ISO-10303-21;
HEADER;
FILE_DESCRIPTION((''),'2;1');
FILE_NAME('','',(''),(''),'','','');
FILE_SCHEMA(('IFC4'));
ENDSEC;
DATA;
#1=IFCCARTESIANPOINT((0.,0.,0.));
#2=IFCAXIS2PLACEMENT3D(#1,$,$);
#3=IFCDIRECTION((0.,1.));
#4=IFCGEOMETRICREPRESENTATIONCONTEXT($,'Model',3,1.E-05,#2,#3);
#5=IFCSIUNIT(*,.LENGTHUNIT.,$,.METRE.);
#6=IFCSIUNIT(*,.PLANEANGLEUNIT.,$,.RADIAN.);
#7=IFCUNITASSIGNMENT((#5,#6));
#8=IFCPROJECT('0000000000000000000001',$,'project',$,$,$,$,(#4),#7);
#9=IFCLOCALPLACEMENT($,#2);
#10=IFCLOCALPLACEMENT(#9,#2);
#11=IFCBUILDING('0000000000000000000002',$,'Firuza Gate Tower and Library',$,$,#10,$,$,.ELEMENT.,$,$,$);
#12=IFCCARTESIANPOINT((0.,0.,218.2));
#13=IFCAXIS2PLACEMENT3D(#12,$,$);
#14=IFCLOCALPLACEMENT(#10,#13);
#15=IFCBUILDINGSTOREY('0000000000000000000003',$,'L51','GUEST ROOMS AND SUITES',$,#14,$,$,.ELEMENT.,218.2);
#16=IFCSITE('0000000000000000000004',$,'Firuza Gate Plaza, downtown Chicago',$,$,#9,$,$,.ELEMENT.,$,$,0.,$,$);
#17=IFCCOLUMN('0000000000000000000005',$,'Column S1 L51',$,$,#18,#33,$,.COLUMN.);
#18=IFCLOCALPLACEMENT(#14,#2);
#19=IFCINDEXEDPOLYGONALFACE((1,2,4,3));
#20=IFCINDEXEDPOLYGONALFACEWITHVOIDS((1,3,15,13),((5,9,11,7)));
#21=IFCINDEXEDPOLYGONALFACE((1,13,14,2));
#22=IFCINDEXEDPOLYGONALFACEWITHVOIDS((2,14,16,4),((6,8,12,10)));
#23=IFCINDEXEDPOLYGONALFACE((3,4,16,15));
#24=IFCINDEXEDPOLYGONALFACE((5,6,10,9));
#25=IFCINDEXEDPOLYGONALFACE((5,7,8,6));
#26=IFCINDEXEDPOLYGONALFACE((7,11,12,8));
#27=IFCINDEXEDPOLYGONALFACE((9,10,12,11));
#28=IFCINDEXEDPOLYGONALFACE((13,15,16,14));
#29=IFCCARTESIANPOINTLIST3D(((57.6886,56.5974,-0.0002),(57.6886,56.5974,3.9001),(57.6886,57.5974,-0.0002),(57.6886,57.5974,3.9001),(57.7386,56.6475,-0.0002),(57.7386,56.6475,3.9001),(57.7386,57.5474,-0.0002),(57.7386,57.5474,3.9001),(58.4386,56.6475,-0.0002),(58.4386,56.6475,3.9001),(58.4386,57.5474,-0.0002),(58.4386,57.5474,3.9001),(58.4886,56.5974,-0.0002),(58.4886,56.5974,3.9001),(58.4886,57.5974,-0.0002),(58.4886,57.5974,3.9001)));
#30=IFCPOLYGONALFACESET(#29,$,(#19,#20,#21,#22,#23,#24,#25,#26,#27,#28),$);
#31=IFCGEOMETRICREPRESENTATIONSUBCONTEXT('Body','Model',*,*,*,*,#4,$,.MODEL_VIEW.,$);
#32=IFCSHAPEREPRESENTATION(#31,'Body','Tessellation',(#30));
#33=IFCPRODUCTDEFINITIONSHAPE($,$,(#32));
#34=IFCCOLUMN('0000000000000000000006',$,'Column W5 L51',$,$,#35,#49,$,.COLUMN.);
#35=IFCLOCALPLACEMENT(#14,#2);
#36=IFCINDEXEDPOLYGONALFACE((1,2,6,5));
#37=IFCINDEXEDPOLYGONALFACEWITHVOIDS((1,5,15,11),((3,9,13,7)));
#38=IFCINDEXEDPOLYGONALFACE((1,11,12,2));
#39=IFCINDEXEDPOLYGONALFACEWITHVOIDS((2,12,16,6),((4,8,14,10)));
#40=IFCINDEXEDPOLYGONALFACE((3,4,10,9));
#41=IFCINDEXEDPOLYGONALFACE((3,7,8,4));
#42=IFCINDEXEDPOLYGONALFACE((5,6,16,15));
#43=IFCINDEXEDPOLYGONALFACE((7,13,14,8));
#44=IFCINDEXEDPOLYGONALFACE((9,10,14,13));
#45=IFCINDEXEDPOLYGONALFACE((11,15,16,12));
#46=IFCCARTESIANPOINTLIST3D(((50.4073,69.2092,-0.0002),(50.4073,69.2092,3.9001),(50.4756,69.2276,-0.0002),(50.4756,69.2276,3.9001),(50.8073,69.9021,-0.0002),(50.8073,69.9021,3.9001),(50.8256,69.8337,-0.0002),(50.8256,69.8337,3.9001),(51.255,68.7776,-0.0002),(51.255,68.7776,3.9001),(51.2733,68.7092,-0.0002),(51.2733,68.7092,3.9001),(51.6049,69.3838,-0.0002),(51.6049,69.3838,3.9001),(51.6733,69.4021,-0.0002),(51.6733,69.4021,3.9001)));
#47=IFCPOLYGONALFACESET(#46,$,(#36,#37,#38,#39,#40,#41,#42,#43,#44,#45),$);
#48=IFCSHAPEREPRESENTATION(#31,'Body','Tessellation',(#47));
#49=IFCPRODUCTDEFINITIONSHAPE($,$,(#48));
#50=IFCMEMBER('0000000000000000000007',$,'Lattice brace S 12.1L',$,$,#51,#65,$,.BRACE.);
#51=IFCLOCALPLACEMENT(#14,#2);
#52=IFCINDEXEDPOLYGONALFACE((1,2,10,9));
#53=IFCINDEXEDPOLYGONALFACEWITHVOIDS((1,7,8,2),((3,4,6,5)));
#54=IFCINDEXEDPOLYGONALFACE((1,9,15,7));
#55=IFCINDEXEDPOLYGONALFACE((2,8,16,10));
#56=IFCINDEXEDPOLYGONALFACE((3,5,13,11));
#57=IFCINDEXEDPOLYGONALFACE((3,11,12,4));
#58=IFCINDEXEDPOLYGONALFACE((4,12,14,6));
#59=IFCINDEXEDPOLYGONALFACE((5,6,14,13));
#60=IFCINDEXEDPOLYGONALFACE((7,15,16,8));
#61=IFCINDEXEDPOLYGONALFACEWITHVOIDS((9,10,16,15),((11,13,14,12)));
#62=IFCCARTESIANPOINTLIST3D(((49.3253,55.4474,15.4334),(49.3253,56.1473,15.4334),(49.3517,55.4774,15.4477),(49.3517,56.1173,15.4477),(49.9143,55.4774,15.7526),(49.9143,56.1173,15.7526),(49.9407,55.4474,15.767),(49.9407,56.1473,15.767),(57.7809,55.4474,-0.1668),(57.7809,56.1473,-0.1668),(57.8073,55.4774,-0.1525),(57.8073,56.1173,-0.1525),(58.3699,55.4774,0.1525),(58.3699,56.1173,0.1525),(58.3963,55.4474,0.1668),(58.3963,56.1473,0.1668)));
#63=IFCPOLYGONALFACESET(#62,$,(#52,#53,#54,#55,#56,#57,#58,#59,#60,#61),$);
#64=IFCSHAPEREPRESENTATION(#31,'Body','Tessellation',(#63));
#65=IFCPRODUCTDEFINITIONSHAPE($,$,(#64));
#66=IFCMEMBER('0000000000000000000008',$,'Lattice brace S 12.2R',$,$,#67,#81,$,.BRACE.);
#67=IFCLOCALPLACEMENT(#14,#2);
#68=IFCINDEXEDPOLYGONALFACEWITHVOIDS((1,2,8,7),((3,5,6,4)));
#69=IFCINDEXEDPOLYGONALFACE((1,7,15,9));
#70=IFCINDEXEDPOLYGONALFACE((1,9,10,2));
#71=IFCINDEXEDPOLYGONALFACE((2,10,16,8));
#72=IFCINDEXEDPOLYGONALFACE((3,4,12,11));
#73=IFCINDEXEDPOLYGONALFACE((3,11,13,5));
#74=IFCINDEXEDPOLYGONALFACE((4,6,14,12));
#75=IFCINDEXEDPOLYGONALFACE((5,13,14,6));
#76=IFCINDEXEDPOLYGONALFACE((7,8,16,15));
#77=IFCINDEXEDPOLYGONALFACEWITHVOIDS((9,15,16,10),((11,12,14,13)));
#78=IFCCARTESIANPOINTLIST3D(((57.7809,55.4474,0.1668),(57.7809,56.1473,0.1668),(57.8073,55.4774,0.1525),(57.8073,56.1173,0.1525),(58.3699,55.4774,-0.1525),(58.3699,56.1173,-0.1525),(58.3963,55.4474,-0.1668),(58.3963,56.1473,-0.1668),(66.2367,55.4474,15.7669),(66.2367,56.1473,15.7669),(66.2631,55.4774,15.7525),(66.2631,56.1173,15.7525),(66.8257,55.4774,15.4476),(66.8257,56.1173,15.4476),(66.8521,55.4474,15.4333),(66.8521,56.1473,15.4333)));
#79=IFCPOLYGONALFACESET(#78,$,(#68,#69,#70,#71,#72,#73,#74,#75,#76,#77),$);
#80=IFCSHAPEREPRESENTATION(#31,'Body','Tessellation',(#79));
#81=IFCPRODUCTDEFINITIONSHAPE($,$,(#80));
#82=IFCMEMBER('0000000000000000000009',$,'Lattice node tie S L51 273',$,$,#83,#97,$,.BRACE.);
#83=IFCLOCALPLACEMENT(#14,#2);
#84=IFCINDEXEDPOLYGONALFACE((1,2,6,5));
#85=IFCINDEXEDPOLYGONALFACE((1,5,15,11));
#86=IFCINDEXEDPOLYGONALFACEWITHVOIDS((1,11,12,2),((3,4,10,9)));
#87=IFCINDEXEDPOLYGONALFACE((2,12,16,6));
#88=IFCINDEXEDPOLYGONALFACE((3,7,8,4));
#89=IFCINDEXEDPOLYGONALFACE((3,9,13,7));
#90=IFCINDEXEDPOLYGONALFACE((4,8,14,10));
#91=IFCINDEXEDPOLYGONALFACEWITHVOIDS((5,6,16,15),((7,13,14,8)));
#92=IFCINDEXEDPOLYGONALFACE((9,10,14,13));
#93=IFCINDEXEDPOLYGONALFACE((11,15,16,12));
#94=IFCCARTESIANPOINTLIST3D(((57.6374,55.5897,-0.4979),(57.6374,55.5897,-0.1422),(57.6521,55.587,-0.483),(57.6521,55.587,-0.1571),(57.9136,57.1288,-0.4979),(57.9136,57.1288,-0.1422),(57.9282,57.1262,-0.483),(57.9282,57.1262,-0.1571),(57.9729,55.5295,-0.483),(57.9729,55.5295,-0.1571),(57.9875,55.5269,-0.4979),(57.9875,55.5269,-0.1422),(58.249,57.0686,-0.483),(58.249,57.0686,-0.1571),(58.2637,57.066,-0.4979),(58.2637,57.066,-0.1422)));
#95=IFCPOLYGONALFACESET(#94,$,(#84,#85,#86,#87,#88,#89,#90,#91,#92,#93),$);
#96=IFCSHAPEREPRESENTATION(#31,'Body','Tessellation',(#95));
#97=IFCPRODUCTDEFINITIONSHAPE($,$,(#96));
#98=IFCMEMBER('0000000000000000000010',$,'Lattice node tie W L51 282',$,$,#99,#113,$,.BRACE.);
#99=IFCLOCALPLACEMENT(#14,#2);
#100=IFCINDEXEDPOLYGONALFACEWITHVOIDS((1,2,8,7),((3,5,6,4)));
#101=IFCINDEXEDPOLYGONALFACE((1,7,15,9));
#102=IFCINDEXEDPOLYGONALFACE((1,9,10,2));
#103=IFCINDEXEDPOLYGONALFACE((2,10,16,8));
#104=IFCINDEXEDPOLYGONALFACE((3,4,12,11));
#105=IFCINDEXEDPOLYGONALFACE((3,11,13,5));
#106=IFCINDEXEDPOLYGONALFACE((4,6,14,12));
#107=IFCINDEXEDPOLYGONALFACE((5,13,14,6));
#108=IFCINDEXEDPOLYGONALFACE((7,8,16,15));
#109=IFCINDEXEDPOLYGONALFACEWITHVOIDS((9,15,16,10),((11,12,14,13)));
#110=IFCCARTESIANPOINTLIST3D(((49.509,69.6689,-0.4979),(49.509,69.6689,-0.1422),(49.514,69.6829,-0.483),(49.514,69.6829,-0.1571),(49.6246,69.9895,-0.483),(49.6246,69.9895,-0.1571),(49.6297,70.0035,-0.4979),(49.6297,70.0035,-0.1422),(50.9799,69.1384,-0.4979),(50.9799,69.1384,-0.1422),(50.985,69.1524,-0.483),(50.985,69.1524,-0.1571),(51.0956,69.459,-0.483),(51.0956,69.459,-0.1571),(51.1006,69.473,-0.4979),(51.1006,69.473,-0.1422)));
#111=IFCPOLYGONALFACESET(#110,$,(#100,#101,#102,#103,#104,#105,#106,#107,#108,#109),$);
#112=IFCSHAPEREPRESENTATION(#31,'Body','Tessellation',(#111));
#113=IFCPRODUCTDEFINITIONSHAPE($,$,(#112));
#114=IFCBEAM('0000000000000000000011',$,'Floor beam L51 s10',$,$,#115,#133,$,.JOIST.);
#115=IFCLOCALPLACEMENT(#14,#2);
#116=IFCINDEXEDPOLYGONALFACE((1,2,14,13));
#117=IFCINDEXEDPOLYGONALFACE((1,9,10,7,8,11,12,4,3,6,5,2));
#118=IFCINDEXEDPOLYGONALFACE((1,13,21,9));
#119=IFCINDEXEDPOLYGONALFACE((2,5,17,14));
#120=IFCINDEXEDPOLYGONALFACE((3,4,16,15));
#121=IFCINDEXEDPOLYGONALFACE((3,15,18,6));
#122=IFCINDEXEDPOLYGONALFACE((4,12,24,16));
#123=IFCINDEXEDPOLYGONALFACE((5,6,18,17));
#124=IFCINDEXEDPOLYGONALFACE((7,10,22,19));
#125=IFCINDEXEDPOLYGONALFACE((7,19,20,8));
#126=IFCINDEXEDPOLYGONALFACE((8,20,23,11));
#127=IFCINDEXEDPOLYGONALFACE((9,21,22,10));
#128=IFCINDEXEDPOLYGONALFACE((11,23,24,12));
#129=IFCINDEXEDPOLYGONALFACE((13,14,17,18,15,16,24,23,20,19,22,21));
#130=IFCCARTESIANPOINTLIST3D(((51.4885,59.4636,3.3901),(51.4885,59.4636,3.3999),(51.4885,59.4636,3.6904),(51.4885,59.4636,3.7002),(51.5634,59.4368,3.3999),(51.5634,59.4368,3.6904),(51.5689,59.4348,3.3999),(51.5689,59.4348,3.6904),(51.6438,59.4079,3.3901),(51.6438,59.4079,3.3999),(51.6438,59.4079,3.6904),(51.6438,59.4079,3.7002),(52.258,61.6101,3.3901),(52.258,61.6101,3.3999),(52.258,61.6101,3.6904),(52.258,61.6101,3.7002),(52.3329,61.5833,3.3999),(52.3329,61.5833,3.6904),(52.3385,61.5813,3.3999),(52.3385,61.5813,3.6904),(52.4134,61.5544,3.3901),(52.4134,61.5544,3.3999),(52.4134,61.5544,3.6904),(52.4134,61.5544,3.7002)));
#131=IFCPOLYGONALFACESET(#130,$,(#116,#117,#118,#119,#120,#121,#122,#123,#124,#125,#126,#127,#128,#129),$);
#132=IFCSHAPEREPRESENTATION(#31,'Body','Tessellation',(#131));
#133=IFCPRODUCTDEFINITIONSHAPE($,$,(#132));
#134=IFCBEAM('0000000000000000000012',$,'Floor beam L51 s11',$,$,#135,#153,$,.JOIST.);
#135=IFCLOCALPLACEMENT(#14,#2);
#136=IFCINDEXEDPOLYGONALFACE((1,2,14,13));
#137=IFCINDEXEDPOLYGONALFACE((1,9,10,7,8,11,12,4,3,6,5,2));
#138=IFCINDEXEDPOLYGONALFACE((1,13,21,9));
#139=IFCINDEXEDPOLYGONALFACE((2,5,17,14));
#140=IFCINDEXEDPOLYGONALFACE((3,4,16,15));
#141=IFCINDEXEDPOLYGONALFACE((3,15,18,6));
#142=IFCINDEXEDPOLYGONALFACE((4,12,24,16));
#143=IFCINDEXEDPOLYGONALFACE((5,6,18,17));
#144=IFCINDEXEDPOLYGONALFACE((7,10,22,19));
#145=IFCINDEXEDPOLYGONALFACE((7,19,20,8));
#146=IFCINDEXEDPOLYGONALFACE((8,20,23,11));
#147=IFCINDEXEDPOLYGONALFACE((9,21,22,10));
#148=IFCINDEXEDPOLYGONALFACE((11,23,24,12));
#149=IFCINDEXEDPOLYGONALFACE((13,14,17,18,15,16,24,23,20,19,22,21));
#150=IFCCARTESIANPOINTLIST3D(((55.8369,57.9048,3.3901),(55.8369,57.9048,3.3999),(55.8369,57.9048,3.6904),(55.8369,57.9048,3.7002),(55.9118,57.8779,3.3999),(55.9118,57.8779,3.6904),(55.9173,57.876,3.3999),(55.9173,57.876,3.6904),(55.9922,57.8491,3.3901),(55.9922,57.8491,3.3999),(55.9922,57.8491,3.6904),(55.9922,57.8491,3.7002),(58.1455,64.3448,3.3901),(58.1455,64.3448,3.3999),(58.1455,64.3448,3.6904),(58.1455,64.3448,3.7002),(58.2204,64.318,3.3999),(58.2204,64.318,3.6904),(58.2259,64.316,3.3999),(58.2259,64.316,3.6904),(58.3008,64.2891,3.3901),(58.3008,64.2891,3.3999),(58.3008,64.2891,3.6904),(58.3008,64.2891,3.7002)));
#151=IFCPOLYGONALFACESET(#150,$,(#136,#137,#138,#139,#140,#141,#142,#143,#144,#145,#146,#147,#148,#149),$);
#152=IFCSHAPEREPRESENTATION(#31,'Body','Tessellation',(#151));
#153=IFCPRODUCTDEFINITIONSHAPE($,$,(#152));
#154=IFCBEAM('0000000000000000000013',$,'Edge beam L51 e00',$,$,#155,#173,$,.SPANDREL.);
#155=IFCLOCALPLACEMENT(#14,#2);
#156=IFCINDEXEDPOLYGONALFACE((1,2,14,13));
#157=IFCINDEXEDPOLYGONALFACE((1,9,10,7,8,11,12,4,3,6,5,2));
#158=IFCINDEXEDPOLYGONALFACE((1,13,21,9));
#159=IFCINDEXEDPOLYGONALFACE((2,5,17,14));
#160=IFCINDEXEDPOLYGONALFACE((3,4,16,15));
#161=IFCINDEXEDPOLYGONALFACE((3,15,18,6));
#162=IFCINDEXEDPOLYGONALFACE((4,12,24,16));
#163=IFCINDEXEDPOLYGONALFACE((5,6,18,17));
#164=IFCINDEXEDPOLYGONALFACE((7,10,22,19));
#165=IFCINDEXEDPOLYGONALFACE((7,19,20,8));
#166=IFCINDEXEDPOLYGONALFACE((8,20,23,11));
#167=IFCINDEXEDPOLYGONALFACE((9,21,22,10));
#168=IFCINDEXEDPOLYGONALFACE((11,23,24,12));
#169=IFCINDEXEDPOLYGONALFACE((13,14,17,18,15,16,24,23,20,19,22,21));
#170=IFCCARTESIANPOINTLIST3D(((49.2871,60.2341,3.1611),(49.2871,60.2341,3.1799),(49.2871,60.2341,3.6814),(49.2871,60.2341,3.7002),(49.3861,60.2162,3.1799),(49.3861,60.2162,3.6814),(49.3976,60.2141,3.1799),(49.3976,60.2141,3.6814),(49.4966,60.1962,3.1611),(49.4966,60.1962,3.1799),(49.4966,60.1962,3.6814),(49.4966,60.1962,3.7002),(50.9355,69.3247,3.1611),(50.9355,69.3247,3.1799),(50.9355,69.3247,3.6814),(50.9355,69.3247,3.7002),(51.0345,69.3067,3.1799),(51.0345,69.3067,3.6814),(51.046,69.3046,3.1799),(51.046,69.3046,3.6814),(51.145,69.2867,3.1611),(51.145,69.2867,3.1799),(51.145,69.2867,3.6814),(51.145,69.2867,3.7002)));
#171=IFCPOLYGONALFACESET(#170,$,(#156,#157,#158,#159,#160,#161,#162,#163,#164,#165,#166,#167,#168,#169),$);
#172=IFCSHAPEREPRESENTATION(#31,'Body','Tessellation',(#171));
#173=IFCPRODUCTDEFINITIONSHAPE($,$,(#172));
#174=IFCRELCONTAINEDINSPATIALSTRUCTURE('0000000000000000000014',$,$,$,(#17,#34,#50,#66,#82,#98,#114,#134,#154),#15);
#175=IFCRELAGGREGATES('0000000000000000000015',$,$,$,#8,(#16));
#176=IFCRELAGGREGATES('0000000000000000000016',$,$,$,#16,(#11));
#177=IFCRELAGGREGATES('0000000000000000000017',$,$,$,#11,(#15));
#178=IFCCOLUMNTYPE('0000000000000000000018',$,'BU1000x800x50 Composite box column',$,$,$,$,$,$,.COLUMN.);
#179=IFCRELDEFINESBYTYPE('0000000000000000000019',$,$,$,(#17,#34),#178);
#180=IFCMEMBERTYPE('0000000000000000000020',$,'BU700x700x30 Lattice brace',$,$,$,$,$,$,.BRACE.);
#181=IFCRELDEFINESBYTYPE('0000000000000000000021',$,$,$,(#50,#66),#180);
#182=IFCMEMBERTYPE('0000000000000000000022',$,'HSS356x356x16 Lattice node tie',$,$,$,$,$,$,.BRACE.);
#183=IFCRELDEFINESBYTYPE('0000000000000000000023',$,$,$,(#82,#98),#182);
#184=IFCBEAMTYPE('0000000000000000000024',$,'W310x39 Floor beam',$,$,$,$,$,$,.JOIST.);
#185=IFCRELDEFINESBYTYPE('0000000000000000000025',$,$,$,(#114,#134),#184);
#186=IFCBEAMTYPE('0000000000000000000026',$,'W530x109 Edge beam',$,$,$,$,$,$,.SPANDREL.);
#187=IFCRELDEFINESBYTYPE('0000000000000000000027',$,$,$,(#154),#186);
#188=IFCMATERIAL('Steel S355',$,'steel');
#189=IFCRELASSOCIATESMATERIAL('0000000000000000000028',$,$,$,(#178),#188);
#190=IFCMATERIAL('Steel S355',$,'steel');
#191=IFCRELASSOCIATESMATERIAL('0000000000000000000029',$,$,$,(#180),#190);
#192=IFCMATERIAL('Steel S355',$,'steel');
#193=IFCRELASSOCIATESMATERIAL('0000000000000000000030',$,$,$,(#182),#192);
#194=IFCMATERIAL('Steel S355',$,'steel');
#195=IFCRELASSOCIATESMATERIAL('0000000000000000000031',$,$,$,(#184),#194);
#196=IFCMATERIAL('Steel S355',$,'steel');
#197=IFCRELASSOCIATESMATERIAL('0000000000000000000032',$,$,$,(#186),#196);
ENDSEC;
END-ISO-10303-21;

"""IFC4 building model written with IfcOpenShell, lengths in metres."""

from ifc_helpers import new_model, si_unit, direction, frame, origin, origin_2d, place, context, subcontext, project, spatial, hollow_rectangle, i_section, extrude, material, material_profile, profile_set, type_object, element, save


model = new_model("IFC4")

# Units and contexts
model_context = context("Model", 3, precision=1e-05, world=origin(), true_north=direction((0.0, 1.0)))
body_context = subcontext(model_context, "Body", "Model", "MODEL_VIEW")
ifc_project = project(units=[si_unit("LENGTHUNIT", "METRE"), si_unit("PLANEANGLEUNIT", "RADIAN")], contexts=[model_context])

# Site, building, storey
site_placement = place(None, origin())
site = spatial("IfcSite", under=ifc_project, at=site_placement, Name="Firuza Gate Plaza, downtown Chicago", CompositionType="ELEMENT", RefElevation=0.0)
building_placement = place(site_placement, origin())
building = spatial("IfcBuilding", under=site, at=building_placement, Name="Firuza Gate Tower and Library", CompositionType="ELEMENT")
storey_placement = place(building_placement, frame((0.0, 0.0, 218.2)))
storey = spatial("IfcBuildingStorey", under=building, at=storey_placement, Name="L51", Description="GUEST ROOMS AND SUITES", CompositionType="ELEMENT", Elevation=218.2)

# Columns
ifc_material_1 = material(Name="Steel S355", Category="steel")
ifc_material_profile_1 = material_profile(ifc_material_1, hollow_rectangle(XDim=0.8, YDim=1.0, WallThickness=0.05, at=origin_2d()))
ifc_profile_set_1 = profile_set([ifc_material_profile_1], Name="Steel S355")
column_type = type_object("IfcColumnType", Name="BU1000x800x50 Composite box column", PredefinedType="COLUMN", material=ifc_profile_set_1)
for number, where, z_axis, x_axis, name in (
    (1, (58.0886, 57.0974, -0.0002), (0.0, 0.0, 1.0), (1.0, 0.0, 0.0), "Column S1 L51"),
    (2, (51.0403, 69.3057, -0.0002), (0.0, 0.0, 1.0), (-0.5, -0.866025, 0.0), "Column W5 L51"),
):
    element("IfcColumn", number, at=place(storey_placement, frame(where, z_axis=z_axis, x_axis=x_axis)), inside=storey, type_object=column_type, Name=name, PredefinedType="COLUMN", context=body_context, shape_type="SweptSolid", body=[
        extrude(hollow_rectangle(XDim=0.8, YDim=1.0, WallThickness=0.05, at=origin_2d()), origin(), (0.0, 0.0, 1.0), 3.9004),
    ])

# Members
ifc_material_2 = material(Name="Steel S355", Category="steel")
ifc_material_profile_2 = material_profile(ifc_material_2, hollow_rectangle(XDim=0.7, YDim=0.7, WallThickness=0.03, at=origin_2d()))
ifc_profile_set_2 = profile_set([ifc_material_profile_2], Name="Steel S355")
member_type_1 = type_object("IfcMemberType", Name="BU700x700x30 Lattice brace", PredefinedType="BRACE", material=ifc_profile_set_2)
for number, where, z_axis, x_axis, name in (
    (3, (58.0886, 55.7974, 0.0), (-0.476523, 0.0, 0.879162), (0.0, -1.0, 0.0), "Lattice brace S 12.1L"),
    (4, (58.0886, 55.7974, 0.0), (0.476534, 0.0, 0.879156), (0.0, 1.0, 0.0), "Lattice brace S 12.2R"),
):
    element("IfcMember", number, at=place(storey_placement, frame(where, z_axis=z_axis, x_axis=x_axis)), inside=storey, type_object=member_type_1, Name=name, PredefinedType="BRACE", context=body_context, shape_type="SweptSolid", body=[
        extrude(hollow_rectangle(XDim=0.7, YDim=0.7, WallThickness=0.03, at=origin_2d()), origin(), (0.0, 0.0, 1.0), 17.7444),
    ])
ifc_material_3 = material(Name="Steel S355", Category="steel")
ifc_material_profile_3 = material_profile(ifc_material_3, hollow_rectangle(XDim=0.3557, YDim=0.3557, WallThickness=0.0149, at=origin_2d()))
ifc_profile_set_3 = profile_set([ifc_material_profile_3], Name="Steel S355")
member_type_2 = type_object("IfcMemberType", Name="HSS356x356x16 Lattice node tie", PredefinedType="BRACE", material=ifc_profile_set_3)
for number, where, z_axis, x_axis, name in (
    (5, (58.0886, 57.0974, -0.3201), (-0.17659, -0.984284, 0.0), (0.984284, -0.17659, 0.0), "Lattice node tie S L51 273"),
    (6, (51.0403, 69.3057, -0.3201), (-0.940688, 0.339272, 0.0), (-0.339272, -0.940688, 0.0), "Lattice node tie W L51 282"),
):
    element("IfcMember", number, at=place(storey_placement, frame(where, z_axis=z_axis, x_axis=x_axis)), inside=storey, type_object=member_type_2, Name=name, PredefinedType="BRACE", context=body_context, shape_type="SweptSolid", body=[
        extrude(hollow_rectangle(XDim=0.3557, YDim=0.3557, WallThickness=0.0149, at=origin_2d()), origin(), (0.0, 0.0, 1.0), 1.5637),
    ])

# Beams
ifc_material_4 = material(Name="Steel S355", Category="steel")
ifc_material_profile_4 = material_profile(ifc_material_4, i_section(OverallWidth=0.165, OverallDepth=0.3101, WebThickness=0.0059, FlangeThickness=0.0098, at=origin_2d()))
ifc_profile_set_4 = profile_set([ifc_material_profile_4], Name="Steel S355")
beam_type_1 = type_object("IfcBeamType", Name="W310x39 Floor beam", PredefinedType="JOIST", material=ifc_profile_set_4)
beam_1_placement = place(storey_placement, frame((51.5662, 59.4358, 3.5452), z_axis=(0.337476, 0.941334, 0.0), x_axis=(-0.941334, 0.337476, 0.0)))
element("IfcBeam", 7, at=beam_1_placement, inside=storey, type_object=beam_type_1, Name="Floor beam L51 s10", PredefinedType="JOIST", context=body_context, shape_type="SweptSolid", body=[
    extrude(i_section(OverallWidth=0.165, OverallDepth=0.3101, WebThickness=0.0059, FlangeThickness=0.0098, at=origin_2d()), origin(), (0.0, 0.0, 1.0), 2.2803),
])
beam_2_placement = place(storey_placement, frame((55.9146, 57.877, 3.5452), z_axis=(0.337453, 0.941342, 0.0), x_axis=(-0.941342, 0.337453, 0.0)))
element("IfcBeam", 8, at=beam_2_placement, inside=storey, type_object=beam_type_1, Name="Floor beam L51 s11", PredefinedType="JOIST", context=body_context, shape_type="SweptSolid", body=[
    extrude(i_section(OverallWidth=0.165, OverallDepth=0.3101, WebThickness=0.0059, FlangeThickness=0.0098, at=origin_2d()), origin(), (0.0, 0.0, 1.0), 6.8413),
])
ifc_material_5 = material(Name="Steel S355", Category="steel")
ifc_material_profile_5 = material_profile(ifc_material_5, i_section(OverallWidth=0.2129, OverallDepth=0.5391, WebThickness=0.0117, FlangeThickness=0.0188, at=origin_2d()))
ifc_profile_set_5 = profile_set([ifc_material_profile_5], Name="Steel S355")
beam_type_2 = type_object("IfcBeamType", Name="W530x109 Edge beam", PredefinedType="SPANDREL", material=ifc_profile_set_5)
beam_3_placement = place(storey_placement, frame((51.0403, 69.3057, 3.4307), z_axis=(-0.178425, -0.983954, 0.0), x_axis=(0.983954, -0.178425, 0.0)))
element("IfcBeam", 9, at=beam_3_placement, inside=storey, type_object=beam_type_2, Name="Edge beam L51 e00", PredefinedType="SPANDREL", context=body_context, shape_type="SweptSolid", body=[
    extrude(i_section(OverallWidth=0.2129, OverallDepth=0.5391, WebThickness=0.0117, FlangeThickness=0.0188, at=origin_2d()), origin(), (0.0, 0.0, 1.0), 9.2388),
])

save(model, "model.ifc")
